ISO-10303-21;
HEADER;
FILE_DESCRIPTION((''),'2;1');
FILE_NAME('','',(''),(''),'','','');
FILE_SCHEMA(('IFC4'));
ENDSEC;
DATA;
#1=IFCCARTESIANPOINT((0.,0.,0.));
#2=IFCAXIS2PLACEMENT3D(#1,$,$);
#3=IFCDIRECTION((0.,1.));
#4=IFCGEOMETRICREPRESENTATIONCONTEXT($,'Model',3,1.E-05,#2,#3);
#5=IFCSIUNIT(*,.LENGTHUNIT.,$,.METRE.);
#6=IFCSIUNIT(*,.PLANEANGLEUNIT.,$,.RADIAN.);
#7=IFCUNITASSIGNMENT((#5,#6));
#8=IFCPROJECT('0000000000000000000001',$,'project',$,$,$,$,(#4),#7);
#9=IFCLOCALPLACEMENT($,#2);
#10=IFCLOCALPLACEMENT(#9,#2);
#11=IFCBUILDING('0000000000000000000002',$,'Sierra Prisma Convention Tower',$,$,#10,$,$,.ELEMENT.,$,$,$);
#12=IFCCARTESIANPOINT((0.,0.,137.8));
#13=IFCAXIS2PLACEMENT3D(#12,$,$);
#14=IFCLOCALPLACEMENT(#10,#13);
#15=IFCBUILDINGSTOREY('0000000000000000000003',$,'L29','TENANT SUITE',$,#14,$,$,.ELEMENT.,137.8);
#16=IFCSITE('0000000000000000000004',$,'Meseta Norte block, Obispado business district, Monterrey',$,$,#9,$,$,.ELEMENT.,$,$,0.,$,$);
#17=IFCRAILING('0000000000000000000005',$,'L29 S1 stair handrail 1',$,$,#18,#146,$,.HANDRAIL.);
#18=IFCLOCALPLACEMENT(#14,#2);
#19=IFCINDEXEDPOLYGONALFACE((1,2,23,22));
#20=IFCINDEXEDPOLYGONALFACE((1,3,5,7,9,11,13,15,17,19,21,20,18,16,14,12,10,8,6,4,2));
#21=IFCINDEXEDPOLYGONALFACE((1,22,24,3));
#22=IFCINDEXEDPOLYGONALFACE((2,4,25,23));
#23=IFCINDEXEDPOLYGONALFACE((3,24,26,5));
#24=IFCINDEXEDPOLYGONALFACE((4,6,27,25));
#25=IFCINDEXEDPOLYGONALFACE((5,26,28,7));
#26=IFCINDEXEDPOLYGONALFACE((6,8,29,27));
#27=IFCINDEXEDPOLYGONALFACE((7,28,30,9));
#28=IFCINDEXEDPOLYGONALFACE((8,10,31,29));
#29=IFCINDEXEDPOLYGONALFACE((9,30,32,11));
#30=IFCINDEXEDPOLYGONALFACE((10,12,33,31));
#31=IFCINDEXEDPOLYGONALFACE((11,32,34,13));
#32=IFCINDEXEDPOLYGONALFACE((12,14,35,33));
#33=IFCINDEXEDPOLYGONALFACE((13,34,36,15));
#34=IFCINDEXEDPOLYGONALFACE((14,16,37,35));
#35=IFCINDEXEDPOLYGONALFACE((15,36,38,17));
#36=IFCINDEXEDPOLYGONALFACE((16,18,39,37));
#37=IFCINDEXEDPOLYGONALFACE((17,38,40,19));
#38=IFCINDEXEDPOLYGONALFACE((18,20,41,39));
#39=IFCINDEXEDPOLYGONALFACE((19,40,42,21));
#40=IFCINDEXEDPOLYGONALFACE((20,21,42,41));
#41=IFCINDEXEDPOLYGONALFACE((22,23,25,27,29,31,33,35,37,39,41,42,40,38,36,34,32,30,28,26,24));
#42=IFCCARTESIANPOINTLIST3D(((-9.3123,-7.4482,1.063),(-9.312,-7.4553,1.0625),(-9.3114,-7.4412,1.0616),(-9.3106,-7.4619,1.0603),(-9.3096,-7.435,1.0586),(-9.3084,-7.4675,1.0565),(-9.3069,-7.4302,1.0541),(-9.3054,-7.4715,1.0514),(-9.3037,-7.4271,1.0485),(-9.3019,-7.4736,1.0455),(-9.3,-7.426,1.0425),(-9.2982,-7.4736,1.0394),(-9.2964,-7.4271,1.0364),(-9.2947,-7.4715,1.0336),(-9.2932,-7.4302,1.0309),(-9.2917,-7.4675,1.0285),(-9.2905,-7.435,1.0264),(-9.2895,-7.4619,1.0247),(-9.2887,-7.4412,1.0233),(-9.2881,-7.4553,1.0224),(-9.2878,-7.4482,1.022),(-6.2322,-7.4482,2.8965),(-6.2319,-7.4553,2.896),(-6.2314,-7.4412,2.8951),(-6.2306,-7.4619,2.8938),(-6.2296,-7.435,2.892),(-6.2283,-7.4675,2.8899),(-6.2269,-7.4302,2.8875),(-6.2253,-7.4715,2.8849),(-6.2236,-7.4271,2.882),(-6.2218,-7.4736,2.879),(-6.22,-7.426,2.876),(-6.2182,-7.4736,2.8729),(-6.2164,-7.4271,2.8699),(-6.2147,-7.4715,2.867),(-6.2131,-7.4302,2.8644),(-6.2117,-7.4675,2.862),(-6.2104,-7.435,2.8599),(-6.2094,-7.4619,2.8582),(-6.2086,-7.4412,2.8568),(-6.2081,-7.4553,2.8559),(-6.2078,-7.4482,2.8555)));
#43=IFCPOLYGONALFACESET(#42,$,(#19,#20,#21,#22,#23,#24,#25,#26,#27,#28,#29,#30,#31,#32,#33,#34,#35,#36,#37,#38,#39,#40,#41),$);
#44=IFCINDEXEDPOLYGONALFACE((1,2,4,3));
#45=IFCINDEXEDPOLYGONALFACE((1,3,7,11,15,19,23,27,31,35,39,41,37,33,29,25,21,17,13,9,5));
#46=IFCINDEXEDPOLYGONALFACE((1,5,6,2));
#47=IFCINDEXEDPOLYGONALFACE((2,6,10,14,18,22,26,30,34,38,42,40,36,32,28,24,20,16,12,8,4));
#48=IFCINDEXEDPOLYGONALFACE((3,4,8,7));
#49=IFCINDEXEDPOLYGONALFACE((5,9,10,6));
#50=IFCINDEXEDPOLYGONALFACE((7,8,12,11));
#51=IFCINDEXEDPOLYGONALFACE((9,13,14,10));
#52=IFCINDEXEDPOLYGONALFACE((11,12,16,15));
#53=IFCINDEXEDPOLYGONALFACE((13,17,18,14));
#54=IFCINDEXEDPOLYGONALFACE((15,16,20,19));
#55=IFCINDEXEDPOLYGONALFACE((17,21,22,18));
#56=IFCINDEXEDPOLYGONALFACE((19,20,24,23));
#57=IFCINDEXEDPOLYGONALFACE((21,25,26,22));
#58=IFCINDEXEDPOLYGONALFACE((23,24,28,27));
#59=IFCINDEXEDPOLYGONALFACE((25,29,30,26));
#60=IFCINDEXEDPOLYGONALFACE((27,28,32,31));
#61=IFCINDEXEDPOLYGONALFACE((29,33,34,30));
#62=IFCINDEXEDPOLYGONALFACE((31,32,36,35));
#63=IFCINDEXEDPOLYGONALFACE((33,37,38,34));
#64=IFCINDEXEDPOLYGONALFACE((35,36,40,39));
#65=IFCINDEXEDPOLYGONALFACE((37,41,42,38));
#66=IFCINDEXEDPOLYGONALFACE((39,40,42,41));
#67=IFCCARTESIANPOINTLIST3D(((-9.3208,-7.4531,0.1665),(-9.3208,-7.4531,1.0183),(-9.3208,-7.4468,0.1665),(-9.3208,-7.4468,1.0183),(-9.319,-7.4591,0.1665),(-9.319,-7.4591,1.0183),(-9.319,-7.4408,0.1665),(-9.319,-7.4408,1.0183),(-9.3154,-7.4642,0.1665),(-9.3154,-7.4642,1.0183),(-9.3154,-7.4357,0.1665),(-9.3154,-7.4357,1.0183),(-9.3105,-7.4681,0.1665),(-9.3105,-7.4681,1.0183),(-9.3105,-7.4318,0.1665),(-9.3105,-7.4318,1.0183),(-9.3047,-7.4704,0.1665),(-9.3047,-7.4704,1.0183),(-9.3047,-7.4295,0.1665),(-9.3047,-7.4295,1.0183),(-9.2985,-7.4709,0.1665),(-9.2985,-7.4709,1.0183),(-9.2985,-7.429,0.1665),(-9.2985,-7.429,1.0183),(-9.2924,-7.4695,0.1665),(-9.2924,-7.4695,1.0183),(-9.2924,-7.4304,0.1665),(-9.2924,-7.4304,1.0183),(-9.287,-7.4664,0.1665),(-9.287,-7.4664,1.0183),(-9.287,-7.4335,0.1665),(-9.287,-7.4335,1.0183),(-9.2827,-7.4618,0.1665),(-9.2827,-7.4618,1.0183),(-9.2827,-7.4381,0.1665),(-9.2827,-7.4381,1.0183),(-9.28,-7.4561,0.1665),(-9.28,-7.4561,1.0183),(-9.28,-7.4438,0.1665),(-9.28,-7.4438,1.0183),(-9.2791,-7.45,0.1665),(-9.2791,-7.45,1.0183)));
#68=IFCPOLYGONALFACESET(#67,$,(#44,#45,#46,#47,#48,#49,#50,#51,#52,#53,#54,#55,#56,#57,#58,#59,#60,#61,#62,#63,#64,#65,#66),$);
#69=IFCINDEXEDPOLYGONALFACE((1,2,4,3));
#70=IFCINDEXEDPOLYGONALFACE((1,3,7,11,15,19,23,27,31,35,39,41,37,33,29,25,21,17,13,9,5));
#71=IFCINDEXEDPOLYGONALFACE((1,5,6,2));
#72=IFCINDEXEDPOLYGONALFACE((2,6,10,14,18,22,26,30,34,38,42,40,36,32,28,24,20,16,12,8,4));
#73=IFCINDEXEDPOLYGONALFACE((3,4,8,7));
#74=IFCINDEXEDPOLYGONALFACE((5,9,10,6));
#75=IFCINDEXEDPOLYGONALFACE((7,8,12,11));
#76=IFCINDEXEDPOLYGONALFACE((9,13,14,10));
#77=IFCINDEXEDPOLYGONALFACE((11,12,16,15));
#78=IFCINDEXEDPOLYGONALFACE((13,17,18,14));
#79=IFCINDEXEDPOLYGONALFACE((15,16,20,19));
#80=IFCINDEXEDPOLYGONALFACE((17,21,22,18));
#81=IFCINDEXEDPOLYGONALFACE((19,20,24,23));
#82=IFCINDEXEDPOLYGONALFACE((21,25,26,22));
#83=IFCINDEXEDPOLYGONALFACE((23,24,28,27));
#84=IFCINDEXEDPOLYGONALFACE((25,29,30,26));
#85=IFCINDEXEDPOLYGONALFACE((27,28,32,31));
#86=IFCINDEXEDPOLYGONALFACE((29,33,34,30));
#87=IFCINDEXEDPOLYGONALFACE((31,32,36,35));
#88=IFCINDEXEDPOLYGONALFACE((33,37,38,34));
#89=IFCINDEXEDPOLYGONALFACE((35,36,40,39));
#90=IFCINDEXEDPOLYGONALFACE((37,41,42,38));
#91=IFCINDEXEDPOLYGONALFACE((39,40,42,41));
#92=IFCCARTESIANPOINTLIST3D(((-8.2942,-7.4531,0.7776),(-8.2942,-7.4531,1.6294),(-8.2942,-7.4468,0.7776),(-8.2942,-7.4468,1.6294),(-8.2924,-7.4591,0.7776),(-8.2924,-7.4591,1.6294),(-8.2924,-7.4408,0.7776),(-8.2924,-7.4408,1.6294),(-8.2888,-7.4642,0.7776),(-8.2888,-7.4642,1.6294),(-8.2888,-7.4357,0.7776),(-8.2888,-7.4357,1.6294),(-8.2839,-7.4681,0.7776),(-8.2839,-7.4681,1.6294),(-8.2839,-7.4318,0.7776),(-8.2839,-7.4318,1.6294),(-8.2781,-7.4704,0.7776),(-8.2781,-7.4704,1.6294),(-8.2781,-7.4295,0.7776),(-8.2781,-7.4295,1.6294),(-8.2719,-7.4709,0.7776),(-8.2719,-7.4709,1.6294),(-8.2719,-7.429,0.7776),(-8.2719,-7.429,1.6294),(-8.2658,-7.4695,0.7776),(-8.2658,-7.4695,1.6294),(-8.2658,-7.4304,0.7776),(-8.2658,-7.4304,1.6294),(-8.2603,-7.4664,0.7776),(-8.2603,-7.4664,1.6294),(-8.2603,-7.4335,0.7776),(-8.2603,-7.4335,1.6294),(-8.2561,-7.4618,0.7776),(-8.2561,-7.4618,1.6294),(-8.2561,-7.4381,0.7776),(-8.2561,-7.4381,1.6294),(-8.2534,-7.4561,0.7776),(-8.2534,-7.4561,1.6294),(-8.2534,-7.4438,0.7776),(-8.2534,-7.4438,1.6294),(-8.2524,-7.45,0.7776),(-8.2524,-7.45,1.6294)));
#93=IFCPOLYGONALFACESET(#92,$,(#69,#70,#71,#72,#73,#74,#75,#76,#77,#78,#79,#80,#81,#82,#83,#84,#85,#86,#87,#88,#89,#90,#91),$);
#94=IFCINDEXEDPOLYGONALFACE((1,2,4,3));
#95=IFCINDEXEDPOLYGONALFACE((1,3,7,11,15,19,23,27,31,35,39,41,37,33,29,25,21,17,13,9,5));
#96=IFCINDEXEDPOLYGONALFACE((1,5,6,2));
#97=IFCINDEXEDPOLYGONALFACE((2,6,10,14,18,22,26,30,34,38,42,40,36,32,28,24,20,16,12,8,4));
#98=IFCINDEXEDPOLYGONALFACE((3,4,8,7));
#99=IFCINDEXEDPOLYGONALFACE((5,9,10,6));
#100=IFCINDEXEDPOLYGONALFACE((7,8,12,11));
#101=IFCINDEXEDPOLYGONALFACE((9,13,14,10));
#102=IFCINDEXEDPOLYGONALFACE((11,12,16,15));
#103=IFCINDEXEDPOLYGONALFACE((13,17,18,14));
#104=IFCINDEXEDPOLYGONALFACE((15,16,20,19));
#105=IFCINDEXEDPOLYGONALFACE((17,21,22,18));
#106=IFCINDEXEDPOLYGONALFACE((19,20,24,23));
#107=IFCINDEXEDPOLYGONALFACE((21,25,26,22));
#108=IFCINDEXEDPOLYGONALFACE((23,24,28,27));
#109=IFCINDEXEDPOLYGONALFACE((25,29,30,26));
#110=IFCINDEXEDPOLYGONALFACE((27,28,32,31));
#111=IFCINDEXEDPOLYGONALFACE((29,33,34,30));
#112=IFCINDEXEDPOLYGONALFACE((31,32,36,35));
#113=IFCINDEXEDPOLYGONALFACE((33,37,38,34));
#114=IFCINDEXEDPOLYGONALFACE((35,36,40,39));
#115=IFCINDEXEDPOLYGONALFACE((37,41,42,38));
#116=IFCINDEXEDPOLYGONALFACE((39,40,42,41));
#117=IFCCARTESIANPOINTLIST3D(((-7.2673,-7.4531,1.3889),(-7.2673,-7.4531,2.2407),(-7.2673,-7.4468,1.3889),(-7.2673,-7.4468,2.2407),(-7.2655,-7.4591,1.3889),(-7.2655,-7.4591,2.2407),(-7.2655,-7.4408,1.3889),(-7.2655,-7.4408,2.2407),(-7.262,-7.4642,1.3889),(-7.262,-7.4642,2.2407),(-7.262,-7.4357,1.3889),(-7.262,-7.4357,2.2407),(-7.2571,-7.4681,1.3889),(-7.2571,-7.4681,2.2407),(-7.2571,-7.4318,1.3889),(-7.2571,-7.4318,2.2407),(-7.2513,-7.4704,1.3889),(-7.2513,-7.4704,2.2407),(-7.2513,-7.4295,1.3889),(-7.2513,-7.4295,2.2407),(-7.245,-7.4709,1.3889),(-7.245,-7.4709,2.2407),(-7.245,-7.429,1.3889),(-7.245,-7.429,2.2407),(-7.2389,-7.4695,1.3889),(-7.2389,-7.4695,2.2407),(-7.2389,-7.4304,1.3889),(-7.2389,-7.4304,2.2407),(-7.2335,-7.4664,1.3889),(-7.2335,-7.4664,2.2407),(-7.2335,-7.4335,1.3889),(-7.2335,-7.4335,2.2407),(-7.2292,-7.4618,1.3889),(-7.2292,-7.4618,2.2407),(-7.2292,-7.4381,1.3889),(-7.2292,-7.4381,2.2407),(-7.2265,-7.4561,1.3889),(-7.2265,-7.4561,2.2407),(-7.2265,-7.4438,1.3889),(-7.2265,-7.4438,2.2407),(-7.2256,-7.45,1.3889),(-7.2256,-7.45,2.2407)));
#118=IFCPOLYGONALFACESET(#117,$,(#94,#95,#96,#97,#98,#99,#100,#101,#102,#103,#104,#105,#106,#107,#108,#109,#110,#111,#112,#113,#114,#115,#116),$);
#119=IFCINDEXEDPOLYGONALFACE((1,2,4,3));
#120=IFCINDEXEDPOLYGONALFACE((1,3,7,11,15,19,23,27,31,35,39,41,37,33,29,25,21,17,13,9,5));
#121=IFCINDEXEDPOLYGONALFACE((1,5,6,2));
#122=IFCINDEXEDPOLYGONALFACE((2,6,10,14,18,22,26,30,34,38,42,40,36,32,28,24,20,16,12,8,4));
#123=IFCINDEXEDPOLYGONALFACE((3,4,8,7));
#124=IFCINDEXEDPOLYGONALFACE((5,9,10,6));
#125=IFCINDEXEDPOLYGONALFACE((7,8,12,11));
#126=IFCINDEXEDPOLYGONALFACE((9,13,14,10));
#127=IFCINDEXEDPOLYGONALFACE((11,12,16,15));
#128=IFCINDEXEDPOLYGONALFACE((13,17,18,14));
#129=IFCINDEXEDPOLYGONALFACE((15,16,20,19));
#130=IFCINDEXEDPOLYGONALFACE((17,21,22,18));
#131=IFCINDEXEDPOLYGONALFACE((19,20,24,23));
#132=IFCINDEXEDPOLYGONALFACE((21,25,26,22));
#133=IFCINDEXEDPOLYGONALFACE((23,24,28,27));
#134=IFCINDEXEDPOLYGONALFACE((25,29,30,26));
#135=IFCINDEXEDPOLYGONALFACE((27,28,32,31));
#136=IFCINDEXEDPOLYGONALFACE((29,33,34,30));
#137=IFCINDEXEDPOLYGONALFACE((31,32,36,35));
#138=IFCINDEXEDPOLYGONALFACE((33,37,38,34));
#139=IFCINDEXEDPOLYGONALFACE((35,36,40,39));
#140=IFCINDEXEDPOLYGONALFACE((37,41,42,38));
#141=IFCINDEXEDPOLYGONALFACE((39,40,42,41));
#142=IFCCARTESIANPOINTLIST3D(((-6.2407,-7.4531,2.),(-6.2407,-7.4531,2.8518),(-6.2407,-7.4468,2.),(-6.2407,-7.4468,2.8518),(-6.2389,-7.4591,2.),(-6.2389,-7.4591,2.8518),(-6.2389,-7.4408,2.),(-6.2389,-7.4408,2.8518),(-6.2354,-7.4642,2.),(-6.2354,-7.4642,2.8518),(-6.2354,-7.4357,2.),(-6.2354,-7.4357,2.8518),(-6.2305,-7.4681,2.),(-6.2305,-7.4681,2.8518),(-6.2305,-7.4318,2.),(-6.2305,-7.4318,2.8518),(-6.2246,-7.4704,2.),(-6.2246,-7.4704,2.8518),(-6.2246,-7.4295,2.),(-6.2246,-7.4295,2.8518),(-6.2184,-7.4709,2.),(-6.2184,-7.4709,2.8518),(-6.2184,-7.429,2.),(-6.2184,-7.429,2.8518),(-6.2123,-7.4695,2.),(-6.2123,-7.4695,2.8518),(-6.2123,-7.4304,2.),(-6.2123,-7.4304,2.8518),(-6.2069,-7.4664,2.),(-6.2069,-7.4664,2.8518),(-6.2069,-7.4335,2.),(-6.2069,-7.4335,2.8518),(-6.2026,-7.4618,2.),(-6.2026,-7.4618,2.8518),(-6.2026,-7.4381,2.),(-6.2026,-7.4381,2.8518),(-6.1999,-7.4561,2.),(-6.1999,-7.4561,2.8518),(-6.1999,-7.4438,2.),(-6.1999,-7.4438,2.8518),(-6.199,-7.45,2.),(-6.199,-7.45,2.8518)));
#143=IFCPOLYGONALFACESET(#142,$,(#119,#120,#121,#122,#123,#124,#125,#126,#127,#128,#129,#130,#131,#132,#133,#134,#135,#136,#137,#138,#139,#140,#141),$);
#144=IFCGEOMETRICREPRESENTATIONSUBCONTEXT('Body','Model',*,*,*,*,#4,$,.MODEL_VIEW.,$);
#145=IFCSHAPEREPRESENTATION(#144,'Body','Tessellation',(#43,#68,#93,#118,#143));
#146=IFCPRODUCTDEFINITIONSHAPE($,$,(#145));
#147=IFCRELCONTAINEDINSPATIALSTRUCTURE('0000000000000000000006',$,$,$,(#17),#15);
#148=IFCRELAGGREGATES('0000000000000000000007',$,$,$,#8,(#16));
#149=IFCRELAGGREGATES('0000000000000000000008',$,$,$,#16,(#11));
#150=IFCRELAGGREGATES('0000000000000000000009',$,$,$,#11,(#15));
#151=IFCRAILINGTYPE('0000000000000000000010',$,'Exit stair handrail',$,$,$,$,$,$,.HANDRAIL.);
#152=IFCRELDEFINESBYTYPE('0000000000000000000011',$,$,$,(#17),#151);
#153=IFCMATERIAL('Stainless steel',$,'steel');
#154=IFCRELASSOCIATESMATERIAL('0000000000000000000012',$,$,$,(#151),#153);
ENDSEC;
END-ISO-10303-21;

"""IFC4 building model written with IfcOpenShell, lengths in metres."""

from ifc_helpers import new_model, si_unit, direction, frame, origin, origin_2d, place, context, subcontext, project, spatial, circle, extrude, material, type_object, element, save


model = new_model("IFC4")

# Units and contexts
model_context = context("Model", 3, precision=1e-05, world=origin(), true_north=direction((0.0, 1.0)))
body_context = subcontext(model_context, "Body", "Model", "MODEL_VIEW")
ifc_project = project(units=[si_unit("LENGTHUNIT", "METRE"), si_unit("PLANEANGLEUNIT", "RADIAN")], contexts=[model_context])

# Site, building, storey
site_placement = place(None, origin())
site = spatial("IfcSite", under=ifc_project, at=site_placement, Name="Meseta Norte block, Obispado business district, Monterrey", CompositionType="ELEMENT", RefElevation=0.0)
building_placement = place(site_placement, origin())
building = spatial("IfcBuilding", under=site, at=building_placement, Name="Sierra Prisma Convention Tower", CompositionType="ELEMENT")
storey_placement = place(building_placement, frame((0.0, 0.0, 137.8)))
storey = spatial("IfcBuildingStorey", under=building, at=storey_placement, Name="L29", Description="TENANT SUITE", CompositionType="ELEMENT", Elevation=137.8)

# Railing
ifc_material_1 = material(Name="Stainless steel", Category="steel")
railing_type_1 = type_object("IfcRailingType", Name="Exit stair handrail", PredefinedType="HANDRAIL", material=ifc_material_1)
railing_1_placement = place(storey_placement, frame((-9.3, -7.45, 0.1665)))
element("IfcRailing", 1, at=railing_1_placement, inside=storey, type_object=railing_type_1, Name="L29 S1 stair handrail 1", PredefinedType="HANDRAIL", context=body_context, shape_type="SweptSolid", body=[
    extrude(circle(Radius=0.0239, at=origin_2d()), frame((0.0, 0.0, 0.876), z_axis=(0.859279, 0.0, 0.511508), x_axis=(0.0, 1.0, 0.0)), (0.0, 0.0, 1.0), 3.5845),
    extrude(circle(Radius=0.021, at=origin_2d()), origin(), (0.0, 0.0, 1.0), 0.8518),
    extrude(circle(Radius=0.021, at=origin_2d()), frame((1.0266, 0.0, 0.6111)), (0.0, 0.0, 1.0), 0.8518),
    extrude(circle(Radius=0.021, at=origin_2d()), frame((2.0535, 0.0, 1.2224)), (0.0, 0.0, 1.0), 0.8518),
    extrude(circle(Radius=0.021, at=origin_2d()), frame((3.0801, 0.0, 1.8335)), (0.0, 0.0, 1.0), 0.8518),
])

save(model, "model.ifc")
